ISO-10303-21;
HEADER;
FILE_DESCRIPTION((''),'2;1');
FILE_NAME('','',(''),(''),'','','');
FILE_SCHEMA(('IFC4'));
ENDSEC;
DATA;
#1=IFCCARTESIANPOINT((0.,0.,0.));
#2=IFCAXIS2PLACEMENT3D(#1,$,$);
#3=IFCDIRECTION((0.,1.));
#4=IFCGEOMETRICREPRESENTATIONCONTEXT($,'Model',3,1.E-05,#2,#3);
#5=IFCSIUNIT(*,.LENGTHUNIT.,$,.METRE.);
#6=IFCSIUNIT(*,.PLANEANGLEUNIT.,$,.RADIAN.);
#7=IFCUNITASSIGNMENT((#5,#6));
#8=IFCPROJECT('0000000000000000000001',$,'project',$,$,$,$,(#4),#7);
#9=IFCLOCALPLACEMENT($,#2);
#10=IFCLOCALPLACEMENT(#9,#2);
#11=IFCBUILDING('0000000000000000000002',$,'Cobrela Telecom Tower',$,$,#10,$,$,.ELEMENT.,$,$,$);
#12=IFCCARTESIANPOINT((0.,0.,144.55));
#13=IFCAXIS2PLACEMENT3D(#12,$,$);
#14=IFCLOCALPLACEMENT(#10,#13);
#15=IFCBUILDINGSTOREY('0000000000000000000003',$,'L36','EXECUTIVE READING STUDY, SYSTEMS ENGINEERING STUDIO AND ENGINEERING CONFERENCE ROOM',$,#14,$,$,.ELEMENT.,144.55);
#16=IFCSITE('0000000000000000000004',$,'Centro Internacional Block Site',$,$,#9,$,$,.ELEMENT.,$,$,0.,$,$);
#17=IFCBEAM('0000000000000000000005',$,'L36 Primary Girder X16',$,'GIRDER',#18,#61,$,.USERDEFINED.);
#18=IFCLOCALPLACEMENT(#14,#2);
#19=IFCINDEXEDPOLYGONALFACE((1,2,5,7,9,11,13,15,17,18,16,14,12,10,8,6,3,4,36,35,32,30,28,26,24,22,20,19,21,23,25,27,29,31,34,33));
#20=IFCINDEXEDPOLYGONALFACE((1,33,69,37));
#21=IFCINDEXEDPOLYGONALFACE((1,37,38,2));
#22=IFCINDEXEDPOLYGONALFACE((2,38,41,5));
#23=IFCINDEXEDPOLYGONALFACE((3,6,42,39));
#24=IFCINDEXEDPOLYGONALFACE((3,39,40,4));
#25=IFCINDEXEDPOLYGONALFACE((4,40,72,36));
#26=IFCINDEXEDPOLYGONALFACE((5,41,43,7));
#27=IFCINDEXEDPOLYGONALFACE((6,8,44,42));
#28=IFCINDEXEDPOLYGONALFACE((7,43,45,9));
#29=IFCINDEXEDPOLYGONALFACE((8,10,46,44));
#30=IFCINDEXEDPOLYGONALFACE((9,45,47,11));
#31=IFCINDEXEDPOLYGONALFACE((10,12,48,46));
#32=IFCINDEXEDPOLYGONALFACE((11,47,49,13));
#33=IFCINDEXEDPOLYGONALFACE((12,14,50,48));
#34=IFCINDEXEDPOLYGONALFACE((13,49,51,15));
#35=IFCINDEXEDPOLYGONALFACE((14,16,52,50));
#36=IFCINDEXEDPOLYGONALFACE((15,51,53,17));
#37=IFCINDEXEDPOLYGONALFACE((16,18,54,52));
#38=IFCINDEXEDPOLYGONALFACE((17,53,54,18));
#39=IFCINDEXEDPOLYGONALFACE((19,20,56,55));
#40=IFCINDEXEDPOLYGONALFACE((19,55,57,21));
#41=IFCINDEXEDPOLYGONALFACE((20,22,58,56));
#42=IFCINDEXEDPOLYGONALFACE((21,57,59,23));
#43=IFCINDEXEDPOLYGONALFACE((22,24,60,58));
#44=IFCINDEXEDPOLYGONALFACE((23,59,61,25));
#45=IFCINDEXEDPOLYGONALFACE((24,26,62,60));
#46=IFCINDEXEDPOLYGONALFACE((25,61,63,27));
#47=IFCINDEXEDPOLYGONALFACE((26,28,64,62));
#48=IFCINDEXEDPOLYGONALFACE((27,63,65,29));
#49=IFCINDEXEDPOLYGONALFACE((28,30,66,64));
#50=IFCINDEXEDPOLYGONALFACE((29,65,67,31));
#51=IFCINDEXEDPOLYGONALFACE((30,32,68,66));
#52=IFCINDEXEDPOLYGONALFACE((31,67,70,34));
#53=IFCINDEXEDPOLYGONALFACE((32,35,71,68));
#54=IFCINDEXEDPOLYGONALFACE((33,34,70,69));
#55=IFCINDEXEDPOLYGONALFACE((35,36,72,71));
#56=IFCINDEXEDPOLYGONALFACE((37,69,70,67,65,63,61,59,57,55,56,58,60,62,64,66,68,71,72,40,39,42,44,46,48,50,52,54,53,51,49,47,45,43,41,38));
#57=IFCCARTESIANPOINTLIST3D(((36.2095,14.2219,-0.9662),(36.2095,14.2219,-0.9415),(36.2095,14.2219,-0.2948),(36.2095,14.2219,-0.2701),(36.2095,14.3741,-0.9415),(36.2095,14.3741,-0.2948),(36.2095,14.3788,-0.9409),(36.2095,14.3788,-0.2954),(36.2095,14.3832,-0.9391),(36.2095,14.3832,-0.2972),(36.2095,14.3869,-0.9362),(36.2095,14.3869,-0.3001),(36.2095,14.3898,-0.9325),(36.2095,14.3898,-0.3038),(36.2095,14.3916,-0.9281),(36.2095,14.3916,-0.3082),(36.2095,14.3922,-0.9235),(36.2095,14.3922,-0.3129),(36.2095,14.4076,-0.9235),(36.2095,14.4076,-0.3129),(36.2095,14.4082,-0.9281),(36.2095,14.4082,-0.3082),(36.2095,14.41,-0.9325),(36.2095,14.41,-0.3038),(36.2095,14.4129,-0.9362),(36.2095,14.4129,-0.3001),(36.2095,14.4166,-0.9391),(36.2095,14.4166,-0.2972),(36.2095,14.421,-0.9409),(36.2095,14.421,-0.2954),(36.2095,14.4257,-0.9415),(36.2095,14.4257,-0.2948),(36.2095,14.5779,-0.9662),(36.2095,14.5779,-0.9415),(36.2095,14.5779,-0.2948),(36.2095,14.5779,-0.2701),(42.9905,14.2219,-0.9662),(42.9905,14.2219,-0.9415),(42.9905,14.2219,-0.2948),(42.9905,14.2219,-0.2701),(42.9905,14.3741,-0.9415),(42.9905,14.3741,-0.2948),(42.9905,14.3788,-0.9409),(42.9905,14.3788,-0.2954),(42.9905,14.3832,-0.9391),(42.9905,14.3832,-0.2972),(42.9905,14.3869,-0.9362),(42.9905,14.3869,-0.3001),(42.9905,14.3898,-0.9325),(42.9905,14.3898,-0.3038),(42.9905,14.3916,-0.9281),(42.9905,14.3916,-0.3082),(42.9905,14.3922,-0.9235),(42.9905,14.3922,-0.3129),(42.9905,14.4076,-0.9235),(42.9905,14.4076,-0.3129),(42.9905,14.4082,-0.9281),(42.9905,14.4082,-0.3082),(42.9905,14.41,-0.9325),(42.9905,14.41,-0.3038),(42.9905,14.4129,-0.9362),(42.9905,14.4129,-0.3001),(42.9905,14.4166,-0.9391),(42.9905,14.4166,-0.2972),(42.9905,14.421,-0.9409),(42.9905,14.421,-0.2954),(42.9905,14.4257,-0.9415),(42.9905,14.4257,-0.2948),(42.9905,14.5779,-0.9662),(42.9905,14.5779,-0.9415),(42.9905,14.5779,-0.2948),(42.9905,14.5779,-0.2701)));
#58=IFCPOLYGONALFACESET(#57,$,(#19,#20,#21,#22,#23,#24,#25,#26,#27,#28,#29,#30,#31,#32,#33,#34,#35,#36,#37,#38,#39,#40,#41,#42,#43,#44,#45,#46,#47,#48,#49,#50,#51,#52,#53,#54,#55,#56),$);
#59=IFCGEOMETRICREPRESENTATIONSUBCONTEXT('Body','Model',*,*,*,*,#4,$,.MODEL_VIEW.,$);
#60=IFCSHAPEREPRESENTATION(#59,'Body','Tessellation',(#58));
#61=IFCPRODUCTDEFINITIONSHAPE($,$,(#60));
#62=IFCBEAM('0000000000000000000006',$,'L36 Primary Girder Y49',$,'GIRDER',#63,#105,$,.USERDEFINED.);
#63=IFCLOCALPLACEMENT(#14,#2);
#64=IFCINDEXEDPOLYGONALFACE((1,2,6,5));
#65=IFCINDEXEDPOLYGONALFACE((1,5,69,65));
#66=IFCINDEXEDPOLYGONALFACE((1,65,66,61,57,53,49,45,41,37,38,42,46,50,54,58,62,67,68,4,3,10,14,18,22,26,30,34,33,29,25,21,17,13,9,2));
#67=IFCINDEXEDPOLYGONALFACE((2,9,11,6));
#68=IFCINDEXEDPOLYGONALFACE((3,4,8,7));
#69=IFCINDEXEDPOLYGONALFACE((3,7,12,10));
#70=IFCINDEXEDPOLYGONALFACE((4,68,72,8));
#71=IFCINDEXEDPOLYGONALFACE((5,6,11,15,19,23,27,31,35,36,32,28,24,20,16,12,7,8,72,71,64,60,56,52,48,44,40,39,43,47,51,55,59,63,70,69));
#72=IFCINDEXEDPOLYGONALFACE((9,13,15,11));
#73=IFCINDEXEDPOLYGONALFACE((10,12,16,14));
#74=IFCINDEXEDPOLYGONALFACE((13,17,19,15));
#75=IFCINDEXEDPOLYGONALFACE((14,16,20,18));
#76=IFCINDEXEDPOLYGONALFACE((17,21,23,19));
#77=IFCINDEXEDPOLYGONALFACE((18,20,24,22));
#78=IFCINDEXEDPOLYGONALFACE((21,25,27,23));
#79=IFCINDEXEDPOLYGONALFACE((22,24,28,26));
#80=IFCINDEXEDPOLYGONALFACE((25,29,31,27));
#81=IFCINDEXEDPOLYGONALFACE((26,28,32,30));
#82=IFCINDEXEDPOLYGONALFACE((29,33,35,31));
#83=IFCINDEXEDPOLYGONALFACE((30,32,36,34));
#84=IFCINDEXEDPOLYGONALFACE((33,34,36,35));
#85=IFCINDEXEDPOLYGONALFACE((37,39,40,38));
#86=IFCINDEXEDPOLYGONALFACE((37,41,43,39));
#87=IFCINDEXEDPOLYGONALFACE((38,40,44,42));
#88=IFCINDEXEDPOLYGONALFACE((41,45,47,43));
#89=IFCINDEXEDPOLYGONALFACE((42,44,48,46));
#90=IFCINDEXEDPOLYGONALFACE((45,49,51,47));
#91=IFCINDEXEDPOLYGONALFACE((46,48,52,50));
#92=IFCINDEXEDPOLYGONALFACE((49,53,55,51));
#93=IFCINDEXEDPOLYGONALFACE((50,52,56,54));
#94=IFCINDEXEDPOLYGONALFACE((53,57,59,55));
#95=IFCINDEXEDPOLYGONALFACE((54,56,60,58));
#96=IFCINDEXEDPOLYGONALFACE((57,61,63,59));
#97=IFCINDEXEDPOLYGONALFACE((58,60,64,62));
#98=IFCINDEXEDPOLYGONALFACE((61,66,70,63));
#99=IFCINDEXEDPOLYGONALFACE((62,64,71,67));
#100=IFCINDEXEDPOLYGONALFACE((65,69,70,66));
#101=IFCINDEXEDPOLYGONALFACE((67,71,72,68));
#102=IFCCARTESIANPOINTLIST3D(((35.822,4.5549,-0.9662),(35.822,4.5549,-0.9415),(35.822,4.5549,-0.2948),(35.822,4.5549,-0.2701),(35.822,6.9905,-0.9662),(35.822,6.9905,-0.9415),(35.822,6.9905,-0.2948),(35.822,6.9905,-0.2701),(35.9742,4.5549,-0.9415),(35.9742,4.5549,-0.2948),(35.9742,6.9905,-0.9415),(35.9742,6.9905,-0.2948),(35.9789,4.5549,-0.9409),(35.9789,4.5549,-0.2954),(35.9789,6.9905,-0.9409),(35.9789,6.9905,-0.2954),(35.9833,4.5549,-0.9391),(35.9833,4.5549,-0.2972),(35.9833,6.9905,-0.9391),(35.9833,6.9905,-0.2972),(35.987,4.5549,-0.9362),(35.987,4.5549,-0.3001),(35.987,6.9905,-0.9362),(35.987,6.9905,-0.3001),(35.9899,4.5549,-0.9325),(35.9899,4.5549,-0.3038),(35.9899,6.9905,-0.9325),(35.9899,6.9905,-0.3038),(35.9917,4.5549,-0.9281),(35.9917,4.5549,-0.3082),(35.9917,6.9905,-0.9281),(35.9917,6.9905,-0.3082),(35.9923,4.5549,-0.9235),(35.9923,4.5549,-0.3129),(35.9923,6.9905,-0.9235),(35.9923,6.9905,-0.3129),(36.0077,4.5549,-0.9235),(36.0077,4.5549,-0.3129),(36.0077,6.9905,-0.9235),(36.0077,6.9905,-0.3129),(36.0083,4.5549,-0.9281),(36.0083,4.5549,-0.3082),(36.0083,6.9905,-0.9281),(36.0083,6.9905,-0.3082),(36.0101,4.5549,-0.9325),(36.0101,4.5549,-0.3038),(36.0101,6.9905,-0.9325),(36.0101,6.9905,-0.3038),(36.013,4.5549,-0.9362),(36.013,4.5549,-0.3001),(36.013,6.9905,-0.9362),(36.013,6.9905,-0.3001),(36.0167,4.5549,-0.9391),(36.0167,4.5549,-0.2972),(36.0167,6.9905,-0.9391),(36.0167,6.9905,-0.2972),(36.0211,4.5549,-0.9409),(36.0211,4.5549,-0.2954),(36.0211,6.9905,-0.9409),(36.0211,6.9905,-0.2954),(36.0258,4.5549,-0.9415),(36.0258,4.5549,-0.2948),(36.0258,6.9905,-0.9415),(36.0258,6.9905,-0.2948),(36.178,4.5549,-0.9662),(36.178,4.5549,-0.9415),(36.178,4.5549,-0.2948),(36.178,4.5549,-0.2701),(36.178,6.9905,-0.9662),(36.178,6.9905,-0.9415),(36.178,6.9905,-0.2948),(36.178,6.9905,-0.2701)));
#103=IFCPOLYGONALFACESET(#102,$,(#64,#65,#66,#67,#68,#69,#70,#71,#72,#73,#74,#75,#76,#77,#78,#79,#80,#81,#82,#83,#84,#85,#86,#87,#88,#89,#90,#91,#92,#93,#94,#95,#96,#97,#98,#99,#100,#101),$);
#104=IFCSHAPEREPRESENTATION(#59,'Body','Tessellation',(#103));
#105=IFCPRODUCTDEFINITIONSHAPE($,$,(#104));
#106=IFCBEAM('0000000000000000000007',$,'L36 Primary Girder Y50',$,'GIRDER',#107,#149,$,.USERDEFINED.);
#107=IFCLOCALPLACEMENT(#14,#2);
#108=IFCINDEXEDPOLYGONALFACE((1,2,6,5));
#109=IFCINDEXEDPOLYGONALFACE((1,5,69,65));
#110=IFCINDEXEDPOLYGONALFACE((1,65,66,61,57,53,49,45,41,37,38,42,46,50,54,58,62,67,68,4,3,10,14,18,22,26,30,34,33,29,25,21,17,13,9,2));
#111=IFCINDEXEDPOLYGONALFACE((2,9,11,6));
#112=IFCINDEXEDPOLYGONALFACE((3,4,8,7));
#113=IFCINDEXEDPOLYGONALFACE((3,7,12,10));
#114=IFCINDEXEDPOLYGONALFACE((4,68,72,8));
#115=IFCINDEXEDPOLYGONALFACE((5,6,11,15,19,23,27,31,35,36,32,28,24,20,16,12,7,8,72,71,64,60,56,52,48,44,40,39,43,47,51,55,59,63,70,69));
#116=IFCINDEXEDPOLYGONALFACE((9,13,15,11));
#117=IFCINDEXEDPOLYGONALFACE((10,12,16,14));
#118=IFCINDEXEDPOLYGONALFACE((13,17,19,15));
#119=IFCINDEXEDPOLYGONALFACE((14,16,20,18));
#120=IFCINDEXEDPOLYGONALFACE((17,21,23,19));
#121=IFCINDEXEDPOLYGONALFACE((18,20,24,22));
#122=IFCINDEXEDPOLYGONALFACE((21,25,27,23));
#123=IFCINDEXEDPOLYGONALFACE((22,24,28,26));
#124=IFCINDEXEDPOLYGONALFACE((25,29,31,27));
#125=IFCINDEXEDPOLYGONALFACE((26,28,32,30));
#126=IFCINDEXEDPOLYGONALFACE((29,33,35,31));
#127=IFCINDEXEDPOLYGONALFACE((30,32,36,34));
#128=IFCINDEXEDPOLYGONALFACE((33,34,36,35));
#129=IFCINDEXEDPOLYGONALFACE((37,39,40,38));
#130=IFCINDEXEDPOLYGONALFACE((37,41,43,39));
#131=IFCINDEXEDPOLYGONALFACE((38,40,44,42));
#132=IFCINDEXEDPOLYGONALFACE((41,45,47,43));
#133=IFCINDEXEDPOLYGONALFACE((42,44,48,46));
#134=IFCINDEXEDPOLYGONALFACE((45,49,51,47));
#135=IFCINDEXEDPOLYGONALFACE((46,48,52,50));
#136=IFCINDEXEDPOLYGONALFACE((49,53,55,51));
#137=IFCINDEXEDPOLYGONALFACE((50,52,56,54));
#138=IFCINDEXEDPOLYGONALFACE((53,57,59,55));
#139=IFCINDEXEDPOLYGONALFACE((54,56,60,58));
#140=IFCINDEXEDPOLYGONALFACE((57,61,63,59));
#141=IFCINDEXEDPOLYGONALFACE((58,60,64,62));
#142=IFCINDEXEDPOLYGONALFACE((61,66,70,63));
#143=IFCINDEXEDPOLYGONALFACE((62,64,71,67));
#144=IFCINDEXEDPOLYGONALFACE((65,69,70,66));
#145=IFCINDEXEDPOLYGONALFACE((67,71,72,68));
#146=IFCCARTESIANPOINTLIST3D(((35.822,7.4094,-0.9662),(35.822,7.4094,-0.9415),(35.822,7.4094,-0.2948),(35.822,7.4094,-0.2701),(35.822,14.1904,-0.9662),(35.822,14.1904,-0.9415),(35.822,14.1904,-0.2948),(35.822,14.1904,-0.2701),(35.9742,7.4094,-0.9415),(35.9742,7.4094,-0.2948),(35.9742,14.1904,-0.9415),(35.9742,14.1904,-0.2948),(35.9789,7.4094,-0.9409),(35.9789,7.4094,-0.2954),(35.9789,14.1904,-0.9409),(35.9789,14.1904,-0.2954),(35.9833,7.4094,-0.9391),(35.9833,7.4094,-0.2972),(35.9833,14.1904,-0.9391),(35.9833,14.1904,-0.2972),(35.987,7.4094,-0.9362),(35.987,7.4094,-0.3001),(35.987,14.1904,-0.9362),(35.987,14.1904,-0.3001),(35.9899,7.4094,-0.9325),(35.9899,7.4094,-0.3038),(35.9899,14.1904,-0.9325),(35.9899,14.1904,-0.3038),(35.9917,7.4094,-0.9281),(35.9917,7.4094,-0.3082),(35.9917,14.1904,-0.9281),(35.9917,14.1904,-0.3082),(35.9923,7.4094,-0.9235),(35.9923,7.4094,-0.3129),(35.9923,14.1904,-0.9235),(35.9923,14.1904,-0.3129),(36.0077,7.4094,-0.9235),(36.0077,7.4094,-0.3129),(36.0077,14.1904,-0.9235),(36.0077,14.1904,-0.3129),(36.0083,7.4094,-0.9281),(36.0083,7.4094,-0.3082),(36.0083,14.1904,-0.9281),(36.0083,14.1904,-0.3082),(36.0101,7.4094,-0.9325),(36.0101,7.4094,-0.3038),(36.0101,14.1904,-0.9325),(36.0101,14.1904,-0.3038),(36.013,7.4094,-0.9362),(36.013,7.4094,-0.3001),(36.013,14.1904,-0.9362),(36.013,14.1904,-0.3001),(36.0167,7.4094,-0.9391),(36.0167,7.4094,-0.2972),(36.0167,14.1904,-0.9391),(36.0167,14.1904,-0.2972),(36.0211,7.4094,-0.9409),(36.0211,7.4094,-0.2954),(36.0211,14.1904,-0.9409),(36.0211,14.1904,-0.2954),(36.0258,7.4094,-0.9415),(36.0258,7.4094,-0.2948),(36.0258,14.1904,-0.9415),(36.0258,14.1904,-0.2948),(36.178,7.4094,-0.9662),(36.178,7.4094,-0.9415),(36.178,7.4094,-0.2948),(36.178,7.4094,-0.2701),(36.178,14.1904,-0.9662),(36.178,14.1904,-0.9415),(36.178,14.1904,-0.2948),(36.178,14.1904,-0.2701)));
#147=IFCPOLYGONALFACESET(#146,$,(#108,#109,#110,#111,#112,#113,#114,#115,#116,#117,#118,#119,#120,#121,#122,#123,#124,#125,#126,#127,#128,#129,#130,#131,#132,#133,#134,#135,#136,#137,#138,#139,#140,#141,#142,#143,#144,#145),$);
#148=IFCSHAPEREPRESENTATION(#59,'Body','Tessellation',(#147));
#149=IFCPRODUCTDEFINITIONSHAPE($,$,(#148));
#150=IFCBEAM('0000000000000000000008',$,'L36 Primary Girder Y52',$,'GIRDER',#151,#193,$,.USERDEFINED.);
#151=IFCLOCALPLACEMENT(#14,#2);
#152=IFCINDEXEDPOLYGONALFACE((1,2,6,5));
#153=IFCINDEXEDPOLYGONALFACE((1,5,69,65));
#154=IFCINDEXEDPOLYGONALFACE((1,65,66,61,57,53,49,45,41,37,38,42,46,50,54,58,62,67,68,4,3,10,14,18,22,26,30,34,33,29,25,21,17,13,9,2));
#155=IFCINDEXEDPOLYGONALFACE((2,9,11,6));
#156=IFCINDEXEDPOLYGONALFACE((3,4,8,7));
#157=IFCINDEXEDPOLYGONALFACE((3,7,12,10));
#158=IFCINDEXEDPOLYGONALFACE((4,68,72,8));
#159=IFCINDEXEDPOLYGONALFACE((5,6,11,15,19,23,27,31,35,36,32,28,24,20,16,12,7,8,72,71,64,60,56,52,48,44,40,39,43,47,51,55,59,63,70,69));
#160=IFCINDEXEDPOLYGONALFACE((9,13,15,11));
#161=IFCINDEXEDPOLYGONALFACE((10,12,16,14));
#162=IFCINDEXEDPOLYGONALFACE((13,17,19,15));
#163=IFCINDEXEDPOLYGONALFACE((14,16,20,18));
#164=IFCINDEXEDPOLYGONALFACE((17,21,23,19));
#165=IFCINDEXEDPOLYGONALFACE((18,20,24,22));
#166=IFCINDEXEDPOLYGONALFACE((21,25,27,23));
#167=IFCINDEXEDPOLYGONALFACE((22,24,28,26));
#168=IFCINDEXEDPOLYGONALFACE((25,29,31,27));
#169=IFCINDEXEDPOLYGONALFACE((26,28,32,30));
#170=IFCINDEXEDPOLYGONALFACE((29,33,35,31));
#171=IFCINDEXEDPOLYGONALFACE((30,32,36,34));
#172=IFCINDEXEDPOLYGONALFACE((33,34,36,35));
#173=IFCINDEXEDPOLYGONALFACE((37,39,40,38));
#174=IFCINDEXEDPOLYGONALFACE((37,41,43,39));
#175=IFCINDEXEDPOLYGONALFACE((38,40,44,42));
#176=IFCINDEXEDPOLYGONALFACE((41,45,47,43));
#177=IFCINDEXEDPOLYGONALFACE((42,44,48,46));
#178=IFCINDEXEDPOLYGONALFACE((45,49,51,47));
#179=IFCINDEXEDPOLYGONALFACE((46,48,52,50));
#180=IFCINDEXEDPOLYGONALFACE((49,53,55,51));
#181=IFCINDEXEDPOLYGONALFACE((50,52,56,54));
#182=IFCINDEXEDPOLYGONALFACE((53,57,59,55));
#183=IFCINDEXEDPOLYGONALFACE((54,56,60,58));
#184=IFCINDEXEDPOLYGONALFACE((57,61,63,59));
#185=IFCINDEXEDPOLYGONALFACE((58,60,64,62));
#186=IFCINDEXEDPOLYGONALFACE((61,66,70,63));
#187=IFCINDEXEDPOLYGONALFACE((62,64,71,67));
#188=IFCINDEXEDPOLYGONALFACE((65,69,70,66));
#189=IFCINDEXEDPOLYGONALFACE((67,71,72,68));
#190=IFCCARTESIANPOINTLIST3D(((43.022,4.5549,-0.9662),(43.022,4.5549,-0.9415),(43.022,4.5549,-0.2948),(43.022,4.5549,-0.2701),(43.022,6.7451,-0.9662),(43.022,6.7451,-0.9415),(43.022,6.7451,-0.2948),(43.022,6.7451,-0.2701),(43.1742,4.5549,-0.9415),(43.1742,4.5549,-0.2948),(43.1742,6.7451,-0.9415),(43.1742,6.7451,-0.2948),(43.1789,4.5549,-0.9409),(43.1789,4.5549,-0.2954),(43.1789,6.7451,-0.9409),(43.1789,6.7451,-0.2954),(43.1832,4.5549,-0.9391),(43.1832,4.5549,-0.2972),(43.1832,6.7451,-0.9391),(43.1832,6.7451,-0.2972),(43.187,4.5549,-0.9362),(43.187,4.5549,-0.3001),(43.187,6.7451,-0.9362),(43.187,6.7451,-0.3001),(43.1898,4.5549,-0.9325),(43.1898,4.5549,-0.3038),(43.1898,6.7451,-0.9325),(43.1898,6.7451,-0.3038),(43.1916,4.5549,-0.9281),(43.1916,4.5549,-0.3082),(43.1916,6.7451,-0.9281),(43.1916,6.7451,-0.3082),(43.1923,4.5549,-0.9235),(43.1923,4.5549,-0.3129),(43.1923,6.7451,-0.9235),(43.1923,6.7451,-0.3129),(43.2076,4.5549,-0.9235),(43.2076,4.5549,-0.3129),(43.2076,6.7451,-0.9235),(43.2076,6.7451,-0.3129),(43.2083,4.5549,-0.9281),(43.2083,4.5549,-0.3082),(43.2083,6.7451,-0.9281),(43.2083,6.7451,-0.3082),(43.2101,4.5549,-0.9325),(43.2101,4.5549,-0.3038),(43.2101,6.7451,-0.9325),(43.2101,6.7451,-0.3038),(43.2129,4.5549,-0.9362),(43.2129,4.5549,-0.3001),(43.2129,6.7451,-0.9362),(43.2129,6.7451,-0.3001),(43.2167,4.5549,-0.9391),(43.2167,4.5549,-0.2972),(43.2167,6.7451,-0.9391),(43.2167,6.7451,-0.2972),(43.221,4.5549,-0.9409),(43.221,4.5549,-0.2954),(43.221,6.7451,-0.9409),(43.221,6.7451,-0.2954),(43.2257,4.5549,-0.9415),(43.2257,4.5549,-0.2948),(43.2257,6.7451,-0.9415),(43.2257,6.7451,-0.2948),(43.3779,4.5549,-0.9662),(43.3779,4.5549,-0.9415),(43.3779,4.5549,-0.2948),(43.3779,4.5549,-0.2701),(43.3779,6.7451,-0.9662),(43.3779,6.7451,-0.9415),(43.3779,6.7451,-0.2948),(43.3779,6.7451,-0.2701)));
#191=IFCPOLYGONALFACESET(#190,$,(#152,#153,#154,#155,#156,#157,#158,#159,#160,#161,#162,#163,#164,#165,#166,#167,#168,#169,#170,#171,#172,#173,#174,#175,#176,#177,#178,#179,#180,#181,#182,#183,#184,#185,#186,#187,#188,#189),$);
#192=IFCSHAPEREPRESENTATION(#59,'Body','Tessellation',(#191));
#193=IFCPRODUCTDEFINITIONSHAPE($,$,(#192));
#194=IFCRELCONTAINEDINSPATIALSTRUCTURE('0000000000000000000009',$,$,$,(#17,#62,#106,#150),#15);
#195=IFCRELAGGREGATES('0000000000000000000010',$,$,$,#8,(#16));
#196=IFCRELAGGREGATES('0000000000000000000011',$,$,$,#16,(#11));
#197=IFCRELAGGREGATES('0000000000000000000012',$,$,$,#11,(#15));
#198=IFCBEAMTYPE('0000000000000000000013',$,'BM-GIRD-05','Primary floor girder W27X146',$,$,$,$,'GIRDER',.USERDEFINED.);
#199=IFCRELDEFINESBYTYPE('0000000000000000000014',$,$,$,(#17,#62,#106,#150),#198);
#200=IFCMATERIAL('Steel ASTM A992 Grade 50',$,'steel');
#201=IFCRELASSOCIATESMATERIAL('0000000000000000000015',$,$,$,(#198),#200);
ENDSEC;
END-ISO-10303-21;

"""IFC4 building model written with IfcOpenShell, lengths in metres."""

from ifc_helpers import new_model, si_unit, direction, frame, origin, origin_2d, place, context, subcontext, project, spatial, i_section, extrude, material, material_profile, profile_set, type_object, element, save


model = new_model("IFC4")

# Units and contexts
model_context = context("Model", 3, precision=1e-05, world=origin(), true_north=direction((0.0, 1.0)))
body_context = subcontext(model_context, "Body", "Model", "MODEL_VIEW")
ifc_project = project(units=[si_unit("LENGTHUNIT", "METRE"), si_unit("PLANEANGLEUNIT", "RADIAN")], contexts=[model_context])

# Site, building, storey
site_placement = place(None, origin())
site = spatial("IfcSite", under=ifc_project, at=site_placement, Name="Centro Internacional Block Site", CompositionType="ELEMENT", RefElevation=0.0)
building_placement = place(site_placement, origin())
building = spatial("IfcBuilding", under=site, at=building_placement, Name="Cobrela Telecom Tower", CompositionType="ELEMENT")
storey_placement = place(building_placement, frame((0.0, 0.0, 144.55)))
storey = spatial("IfcBuildingStorey", under=building, at=storey_placement, Name="L36", Description="EXECUTIVE READING STUDY, SYSTEMS ENGINEERING STUDIO AND ENGINEERING CONFERENCE ROOM", CompositionType="ELEMENT", Elevation=144.55)

# Shared definitions
ifc_material_1 = material(Name="Steel ASTM A992 Grade 50", Category="steel")

# Beams
ifc_material_profile_1 = material_profile(ifc_material_1, i_section(OverallWidth=0.356, OverallDepth=0.696, WebThickness=0.0154, FlangeThickness=0.0247, FilletRadius=0.0181, at=origin_2d()), Name="W27X146")
ifc_profile_set_1 = profile_set([ifc_material_profile_1], Name="Steel ASTM A992 Grade 50")
beam_type_1 = type_object("IfcBeamType", Name="BM-GIRD-05", Description="Primary floor girder W27X146", ElementType="GIRDER", PredefinedType="USERDEFINED", material=ifc_profile_set_1)
beam_1_placement = place(storey_placement, frame((36.2095, 14.3999, -0.6182), z_axis=(1.0, 0.0, 0.0), x_axis=(0.0, 1.0, 0.0)))
element("IfcBeam", 1, at=beam_1_placement, inside=storey, type_object=beam_type_1, Name="L36 Primary Girder X16", ObjectType="GIRDER", PredefinedType="USERDEFINED", context=body_context, shape_type="SweptSolid", body=[
    extrude(i_section(OverallWidth=0.356, OverallDepth=0.696, WebThickness=0.0154, FlangeThickness=0.0247, FilletRadius=0.0181, at=origin_2d()), origin(), (0.0, 0.0, 1.0), 6.781),
])
beam_2_placement = place(storey_placement, frame((36.0, 4.5549, -0.6182), z_axis=(0.0, 1.0, 0.0), x_axis=(-1.0, 0.0, 0.0)))
element("IfcBeam", 2, at=beam_2_placement, inside=storey, type_object=beam_type_1, Name="L36 Primary Girder Y49", ObjectType="GIRDER", PredefinedType="USERDEFINED", context=body_context, shape_type="SweptSolid", body=[
    extrude(i_section(OverallWidth=0.356, OverallDepth=0.696, WebThickness=0.0154, FlangeThickness=0.0247, FilletRadius=0.0181, at=origin_2d()), origin(), (0.0, 0.0, 1.0), 2.4355),
])
beam_3_placement = place(storey_placement, frame((36.0, 7.4094, -0.6182), z_axis=(0.0, 1.0, 0.0), x_axis=(-1.0, 0.0, 0.0)))
element("IfcBeam", 3, at=beam_3_placement, inside=storey, type_object=beam_type_1, Name="L36 Primary Girder Y50", ObjectType="GIRDER", PredefinedType="USERDEFINED", context=body_context, shape_type="SweptSolid", body=[
    extrude(i_section(OverallWidth=0.356, OverallDepth=0.696, WebThickness=0.0154, FlangeThickness=0.0247, FilletRadius=0.0181, at=origin_2d()), origin(), (0.0, 0.0, 1.0), 6.781),
])
beam_4_placement = place(storey_placement, frame((43.2, 4.5549, -0.6182), z_axis=(0.0, 1.0, 0.0), x_axis=(-1.0, 0.0, 0.0)))
element("IfcBeam", 4, at=beam_4_placement, inside=storey, type_object=beam_type_1, Name="L36 Primary Girder Y52", ObjectType="GIRDER", PredefinedType="USERDEFINED", context=body_context, shape_type="SweptSolid", body=[
    extrude(i_section(OverallWidth=0.356, OverallDepth=0.696, WebThickness=0.0154, FlangeThickness=0.0247, FilletRadius=0.0181, at=origin_2d()), origin(), (0.0, 0.0, 1.0), 2.1902),
])

save(model, "model.ifc")
